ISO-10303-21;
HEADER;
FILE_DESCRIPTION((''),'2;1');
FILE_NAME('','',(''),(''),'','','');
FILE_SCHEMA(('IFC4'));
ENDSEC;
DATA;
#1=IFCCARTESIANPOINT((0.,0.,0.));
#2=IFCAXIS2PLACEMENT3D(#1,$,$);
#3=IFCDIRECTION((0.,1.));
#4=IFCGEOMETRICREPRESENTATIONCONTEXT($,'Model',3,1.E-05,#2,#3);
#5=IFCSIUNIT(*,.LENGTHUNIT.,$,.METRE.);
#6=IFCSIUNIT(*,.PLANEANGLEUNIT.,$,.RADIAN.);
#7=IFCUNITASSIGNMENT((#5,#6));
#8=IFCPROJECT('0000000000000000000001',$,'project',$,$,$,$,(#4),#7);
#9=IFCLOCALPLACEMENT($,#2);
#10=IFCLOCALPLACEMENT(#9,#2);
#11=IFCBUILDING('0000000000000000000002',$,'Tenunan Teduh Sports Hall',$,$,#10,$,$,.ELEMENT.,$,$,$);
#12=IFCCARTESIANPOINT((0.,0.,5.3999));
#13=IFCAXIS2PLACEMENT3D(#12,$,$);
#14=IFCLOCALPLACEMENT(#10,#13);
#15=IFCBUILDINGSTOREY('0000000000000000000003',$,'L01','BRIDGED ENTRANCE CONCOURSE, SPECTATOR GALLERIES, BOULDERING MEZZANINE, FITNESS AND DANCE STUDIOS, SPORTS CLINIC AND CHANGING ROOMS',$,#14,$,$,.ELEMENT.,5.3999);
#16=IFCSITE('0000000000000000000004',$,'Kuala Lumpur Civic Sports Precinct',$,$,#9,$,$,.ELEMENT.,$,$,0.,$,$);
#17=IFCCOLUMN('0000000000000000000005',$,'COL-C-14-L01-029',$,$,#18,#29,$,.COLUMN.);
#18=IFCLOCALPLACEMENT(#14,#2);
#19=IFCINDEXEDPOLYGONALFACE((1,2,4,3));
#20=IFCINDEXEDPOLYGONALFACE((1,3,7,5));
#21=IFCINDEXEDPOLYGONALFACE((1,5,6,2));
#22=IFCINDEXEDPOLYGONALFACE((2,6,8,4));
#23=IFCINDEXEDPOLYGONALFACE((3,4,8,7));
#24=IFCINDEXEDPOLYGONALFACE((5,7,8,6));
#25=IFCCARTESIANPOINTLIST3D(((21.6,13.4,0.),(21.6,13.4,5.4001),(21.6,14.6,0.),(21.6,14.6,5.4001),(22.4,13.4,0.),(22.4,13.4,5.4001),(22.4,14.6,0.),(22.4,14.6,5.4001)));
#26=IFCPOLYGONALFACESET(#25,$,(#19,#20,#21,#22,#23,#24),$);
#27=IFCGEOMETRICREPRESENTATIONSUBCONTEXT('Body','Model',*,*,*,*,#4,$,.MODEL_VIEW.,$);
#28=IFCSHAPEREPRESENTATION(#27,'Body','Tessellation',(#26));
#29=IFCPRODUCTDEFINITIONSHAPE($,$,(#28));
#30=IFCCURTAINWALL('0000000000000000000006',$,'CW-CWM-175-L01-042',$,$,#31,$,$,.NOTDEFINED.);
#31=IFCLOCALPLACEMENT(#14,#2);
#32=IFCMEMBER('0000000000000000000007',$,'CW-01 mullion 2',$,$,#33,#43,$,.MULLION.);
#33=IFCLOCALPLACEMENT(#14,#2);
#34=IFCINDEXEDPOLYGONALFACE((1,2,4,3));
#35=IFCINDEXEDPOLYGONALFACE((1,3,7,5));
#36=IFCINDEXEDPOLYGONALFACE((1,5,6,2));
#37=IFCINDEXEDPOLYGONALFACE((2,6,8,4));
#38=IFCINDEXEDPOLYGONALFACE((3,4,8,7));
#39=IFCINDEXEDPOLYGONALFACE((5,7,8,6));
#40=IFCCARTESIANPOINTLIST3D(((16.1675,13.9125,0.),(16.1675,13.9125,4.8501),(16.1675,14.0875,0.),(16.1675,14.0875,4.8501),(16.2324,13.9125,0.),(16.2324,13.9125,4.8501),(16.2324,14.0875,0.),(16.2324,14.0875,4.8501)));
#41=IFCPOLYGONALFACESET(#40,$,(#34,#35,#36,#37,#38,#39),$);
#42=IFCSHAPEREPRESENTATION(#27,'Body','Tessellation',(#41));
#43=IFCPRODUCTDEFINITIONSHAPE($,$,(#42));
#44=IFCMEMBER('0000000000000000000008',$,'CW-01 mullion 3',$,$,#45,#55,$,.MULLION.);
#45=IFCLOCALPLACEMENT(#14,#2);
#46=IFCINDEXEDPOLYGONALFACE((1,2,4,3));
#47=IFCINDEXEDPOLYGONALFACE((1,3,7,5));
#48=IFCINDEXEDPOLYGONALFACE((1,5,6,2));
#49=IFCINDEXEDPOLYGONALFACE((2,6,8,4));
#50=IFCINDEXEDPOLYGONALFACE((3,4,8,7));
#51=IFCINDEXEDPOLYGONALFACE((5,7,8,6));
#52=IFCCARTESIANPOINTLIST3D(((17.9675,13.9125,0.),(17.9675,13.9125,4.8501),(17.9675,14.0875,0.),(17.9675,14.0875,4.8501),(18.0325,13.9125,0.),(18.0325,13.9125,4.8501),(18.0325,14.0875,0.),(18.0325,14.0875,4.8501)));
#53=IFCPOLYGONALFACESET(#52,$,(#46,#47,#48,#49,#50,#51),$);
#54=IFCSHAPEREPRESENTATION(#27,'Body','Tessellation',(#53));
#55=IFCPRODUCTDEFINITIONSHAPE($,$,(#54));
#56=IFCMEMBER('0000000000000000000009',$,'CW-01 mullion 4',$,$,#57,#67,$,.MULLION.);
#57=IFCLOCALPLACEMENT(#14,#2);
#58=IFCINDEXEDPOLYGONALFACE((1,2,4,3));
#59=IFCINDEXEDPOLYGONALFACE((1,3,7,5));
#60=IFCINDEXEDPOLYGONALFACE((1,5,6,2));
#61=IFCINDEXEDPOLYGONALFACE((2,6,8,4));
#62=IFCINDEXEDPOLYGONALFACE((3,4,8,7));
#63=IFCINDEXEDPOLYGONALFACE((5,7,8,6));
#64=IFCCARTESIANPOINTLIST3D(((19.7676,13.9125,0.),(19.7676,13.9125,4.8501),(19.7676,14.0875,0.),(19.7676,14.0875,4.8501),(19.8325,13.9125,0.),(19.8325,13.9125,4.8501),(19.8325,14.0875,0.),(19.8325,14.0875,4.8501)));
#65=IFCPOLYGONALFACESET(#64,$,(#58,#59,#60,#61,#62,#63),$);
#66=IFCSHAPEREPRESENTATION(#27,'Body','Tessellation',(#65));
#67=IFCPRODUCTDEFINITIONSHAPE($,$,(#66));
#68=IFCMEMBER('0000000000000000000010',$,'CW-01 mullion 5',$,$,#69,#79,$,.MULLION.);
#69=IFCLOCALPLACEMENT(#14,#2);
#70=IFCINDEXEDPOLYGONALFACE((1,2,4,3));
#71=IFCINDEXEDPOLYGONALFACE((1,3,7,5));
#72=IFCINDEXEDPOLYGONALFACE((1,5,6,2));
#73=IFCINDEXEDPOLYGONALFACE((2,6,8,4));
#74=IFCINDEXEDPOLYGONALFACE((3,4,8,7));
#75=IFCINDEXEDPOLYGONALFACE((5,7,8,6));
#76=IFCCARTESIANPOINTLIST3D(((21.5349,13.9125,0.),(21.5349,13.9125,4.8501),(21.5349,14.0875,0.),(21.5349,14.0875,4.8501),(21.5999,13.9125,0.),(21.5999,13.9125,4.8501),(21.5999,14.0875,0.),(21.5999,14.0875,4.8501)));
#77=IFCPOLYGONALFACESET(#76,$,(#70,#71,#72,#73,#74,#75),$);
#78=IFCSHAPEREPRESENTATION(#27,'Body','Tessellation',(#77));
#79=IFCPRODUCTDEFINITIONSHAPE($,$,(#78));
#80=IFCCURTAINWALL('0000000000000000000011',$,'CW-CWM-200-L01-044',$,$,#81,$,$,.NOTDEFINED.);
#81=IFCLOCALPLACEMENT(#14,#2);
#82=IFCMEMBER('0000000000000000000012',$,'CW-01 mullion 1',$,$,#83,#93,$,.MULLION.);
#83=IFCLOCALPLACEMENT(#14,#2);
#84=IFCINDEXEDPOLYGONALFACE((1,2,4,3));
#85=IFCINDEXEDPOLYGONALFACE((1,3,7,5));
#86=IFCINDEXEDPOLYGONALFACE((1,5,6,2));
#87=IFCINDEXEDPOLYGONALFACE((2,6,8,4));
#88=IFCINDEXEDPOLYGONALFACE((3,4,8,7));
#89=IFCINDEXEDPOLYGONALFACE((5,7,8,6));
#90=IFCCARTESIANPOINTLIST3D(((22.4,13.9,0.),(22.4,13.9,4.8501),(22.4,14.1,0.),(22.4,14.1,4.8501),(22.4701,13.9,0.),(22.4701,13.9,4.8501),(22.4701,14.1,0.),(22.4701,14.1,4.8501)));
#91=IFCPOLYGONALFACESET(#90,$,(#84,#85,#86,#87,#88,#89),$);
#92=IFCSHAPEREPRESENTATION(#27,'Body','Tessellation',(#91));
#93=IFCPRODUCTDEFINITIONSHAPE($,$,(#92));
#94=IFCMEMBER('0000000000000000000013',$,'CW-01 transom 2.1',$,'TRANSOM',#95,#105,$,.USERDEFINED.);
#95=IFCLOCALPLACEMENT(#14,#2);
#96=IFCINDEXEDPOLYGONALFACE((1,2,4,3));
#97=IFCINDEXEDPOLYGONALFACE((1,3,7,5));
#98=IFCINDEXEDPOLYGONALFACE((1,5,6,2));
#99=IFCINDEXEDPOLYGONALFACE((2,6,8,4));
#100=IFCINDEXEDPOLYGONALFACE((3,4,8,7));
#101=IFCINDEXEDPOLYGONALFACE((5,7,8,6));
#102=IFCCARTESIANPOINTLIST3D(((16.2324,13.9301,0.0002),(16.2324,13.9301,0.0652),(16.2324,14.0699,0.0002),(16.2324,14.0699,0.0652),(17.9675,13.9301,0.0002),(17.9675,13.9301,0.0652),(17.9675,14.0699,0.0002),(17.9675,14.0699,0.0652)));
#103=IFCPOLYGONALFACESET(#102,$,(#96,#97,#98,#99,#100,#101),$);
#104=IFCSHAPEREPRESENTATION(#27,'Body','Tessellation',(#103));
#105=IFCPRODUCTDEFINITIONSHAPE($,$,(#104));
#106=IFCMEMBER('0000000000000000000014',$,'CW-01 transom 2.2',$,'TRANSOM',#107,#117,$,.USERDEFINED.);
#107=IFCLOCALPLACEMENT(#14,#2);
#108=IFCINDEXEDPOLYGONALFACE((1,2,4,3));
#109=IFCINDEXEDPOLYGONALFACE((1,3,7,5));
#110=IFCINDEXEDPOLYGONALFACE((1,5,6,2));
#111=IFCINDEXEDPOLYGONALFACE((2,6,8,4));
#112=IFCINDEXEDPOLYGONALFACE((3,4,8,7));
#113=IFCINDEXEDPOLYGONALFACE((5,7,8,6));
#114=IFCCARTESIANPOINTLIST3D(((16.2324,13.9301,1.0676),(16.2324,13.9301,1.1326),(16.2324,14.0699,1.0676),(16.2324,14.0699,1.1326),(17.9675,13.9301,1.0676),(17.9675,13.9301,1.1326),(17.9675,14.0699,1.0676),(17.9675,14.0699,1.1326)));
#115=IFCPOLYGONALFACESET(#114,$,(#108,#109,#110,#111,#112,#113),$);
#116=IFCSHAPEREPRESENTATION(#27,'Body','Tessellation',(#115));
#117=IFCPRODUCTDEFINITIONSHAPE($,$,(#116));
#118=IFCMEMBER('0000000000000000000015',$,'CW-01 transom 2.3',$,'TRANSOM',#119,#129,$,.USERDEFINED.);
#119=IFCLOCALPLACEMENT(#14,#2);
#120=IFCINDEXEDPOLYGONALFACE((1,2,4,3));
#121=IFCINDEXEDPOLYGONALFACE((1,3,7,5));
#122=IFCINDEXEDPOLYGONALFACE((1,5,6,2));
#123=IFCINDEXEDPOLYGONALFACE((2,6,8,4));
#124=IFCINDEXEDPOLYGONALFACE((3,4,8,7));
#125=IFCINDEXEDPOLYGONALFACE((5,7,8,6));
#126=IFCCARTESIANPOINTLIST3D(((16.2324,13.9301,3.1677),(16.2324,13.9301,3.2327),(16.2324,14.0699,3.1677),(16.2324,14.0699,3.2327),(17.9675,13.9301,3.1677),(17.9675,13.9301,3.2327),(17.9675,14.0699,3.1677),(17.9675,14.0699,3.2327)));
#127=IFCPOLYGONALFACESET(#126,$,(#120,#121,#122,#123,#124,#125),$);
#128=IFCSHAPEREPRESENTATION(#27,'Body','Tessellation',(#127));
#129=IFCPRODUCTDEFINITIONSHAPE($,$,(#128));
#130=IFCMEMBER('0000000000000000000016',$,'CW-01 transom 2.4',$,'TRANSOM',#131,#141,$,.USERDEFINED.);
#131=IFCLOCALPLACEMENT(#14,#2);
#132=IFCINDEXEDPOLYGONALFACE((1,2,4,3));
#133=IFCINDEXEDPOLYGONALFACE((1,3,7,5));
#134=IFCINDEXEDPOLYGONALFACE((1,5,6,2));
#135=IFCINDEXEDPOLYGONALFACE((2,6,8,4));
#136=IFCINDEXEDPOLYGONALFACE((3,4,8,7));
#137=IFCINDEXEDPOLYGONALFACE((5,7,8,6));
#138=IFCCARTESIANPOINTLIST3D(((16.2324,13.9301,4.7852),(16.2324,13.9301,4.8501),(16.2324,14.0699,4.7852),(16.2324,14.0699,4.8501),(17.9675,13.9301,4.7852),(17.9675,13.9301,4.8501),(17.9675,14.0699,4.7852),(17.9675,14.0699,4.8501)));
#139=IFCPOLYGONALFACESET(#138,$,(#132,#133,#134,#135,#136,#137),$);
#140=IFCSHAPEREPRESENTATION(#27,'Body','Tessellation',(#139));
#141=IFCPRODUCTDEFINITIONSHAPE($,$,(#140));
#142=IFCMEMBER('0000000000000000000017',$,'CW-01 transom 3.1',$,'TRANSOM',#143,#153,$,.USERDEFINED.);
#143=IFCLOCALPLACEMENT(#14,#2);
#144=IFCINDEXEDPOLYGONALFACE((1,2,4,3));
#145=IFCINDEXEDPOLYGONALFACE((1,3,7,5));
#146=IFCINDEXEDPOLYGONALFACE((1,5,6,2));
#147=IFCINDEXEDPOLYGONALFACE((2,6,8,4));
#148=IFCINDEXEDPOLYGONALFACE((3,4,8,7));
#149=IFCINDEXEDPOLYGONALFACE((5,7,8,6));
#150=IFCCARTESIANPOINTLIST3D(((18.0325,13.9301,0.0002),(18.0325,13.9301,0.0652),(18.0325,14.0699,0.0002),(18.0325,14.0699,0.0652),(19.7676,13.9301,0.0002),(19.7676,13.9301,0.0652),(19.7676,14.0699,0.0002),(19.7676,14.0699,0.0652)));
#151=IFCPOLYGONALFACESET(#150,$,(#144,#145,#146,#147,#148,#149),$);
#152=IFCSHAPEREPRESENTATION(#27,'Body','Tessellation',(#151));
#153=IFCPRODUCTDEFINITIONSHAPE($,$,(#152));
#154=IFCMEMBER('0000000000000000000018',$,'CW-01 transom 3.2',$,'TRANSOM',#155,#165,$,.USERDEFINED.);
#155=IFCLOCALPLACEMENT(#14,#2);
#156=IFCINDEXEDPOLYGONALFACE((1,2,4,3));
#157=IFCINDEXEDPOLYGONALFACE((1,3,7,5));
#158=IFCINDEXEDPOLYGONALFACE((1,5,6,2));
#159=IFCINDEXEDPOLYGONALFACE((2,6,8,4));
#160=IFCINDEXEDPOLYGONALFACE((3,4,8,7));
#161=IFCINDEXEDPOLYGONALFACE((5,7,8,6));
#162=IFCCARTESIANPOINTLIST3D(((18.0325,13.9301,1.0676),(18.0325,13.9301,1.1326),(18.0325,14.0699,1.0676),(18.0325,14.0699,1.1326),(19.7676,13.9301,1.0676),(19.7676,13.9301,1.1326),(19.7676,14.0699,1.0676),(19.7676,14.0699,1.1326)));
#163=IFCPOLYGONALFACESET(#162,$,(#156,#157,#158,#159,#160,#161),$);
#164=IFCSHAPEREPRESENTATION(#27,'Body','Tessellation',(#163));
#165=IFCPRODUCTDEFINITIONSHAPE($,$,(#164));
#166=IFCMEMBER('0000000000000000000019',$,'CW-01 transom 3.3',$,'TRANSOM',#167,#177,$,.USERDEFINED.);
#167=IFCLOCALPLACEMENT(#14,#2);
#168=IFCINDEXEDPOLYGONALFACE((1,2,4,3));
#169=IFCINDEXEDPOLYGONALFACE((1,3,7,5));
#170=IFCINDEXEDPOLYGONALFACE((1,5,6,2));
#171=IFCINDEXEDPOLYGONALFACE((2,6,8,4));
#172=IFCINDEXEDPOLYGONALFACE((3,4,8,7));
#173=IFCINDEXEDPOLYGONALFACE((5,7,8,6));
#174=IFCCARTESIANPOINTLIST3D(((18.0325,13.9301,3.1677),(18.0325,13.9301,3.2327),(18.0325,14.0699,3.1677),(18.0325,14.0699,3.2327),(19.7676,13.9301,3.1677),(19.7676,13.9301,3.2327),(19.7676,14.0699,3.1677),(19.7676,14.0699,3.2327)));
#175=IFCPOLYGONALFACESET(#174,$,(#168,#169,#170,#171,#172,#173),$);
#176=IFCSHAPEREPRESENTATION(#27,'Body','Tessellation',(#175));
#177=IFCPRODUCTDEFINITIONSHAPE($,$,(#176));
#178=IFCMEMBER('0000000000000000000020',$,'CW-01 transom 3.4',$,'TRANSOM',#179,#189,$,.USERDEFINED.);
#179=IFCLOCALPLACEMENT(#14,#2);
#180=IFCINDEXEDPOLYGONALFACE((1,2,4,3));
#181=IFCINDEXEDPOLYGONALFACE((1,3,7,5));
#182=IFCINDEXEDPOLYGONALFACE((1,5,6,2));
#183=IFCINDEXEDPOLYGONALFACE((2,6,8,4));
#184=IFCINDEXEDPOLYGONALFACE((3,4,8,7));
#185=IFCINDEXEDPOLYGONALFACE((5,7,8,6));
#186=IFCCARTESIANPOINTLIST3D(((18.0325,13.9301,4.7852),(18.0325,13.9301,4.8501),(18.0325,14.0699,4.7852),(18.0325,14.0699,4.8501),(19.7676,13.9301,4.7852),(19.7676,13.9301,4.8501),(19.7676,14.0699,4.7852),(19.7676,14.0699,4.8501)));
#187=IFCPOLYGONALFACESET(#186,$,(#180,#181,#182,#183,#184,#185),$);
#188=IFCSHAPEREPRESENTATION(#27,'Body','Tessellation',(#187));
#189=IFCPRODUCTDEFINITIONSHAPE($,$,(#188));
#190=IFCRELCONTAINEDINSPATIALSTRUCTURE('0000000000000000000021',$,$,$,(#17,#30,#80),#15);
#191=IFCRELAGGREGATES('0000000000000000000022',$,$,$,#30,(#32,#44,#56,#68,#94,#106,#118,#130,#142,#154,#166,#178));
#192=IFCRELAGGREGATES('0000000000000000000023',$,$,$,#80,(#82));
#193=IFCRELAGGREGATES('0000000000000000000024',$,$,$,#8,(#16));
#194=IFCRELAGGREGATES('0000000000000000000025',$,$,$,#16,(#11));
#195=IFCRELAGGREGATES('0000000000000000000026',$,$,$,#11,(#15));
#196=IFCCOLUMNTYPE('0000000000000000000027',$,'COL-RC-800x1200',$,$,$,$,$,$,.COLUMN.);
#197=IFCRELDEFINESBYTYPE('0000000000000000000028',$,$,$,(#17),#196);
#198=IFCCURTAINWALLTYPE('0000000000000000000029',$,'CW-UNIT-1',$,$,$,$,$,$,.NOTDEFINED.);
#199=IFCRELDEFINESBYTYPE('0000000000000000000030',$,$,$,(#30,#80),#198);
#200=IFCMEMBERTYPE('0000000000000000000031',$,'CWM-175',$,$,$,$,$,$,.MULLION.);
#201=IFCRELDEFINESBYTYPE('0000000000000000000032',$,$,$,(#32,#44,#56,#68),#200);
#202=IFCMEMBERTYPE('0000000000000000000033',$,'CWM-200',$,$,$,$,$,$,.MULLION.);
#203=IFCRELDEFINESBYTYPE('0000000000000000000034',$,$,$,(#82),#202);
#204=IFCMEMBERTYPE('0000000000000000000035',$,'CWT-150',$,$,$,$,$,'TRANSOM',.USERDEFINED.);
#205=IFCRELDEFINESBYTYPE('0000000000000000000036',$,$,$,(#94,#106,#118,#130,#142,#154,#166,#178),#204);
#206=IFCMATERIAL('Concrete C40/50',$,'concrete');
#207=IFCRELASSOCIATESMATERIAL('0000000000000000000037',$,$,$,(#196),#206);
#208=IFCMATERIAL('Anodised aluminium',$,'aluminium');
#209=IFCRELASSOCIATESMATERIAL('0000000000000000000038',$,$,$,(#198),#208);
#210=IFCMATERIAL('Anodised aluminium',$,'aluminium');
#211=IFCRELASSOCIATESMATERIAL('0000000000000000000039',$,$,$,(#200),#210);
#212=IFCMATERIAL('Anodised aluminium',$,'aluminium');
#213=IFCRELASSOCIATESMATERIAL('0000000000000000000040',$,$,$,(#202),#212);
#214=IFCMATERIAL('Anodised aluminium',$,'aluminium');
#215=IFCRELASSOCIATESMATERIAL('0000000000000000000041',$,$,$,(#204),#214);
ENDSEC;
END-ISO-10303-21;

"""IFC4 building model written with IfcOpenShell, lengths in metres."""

from ifc_helpers import new_model, si_unit, direction, frame, origin, origin_2d, place, context, subcontext, project, spatial, rectangle, extrude, material, material_profile, profile_set, type_object, element, aggregate, save


model = new_model("IFC4")

# Units and contexts
model_context = context("Model", 3, precision=1e-05, world=origin(), true_north=direction((0.0, 1.0)))
body_context = subcontext(model_context, "Body", "Model", "MODEL_VIEW")
ifc_project = project(units=[si_unit("LENGTHUNIT", "METRE"), si_unit("PLANEANGLEUNIT", "RADIAN")], contexts=[model_context])

# Site, building, storey
site_placement = place(None, origin())
site = spatial("IfcSite", under=ifc_project, at=site_placement, Name="Kuala Lumpur Civic Sports Precinct", CompositionType="ELEMENT", RefElevation=0.0)
building_placement = place(site_placement, origin())
building = spatial("IfcBuilding", under=site, at=building_placement, Name="Tenunan Teduh Sports Hall", CompositionType="ELEMENT")
storey_placement = place(building_placement, frame((0.0, 0.0, 5.3999)))
storey = spatial("IfcBuildingStorey", under=building, at=storey_placement, Name="L01", Description="BRIDGED ENTRANCE CONCOURSE, SPECTATOR GALLERIES, BOULDERING MEZZANINE, FITNESS AND DANCE STUDIOS, SPORTS CLINIC AND CHANGING ROOMS", CompositionType="ELEMENT", Elevation=5.3999)

# Column
ifc_material_1 = material(Name="Concrete C40/50", Category="concrete")
ifc_material_profile_1 = material_profile(ifc_material_1, rectangle(XDim=0.8, YDim=1.2, at=origin_2d()), Name="RC 800x1200")
ifc_profile_set_1 = profile_set([ifc_material_profile_1], Name="Concrete C40/50")
column_type = type_object("IfcColumnType", Name="COL-RC-800x1200", PredefinedType="COLUMN", material=ifc_profile_set_1)
column_placement = place(storey_placement, frame((22.0, 14.0, 0.0), z_axis=(0.0, 0.0, 1.0), x_axis=(1.0, 0.0, 0.0)))
element("IfcColumn", 1, at=column_placement, inside=storey, type_object=column_type, Name="COL-C-14-L01-029", PredefinedType="COLUMN", context=body_context, shape_type="SweptSolid", body=[
    extrude(rectangle(XDim=0.8, YDim=1.2, at=origin_2d()), origin(), (0.0, 0.0, 1.0), 5.4001),
])

# Curtain wall, members
ifc_material_2 = material(Name="Anodised aluminium", Category="aluminium")
curtain_wall_type = type_object("IfcCurtainWallType", Name="CW-UNIT-1", PredefinedType="NOTDEFINED", material=ifc_material_2)
curtain_wall_1_placement = place(storey_placement, origin())
curtain_wall_1 = element("IfcCurtainWall", 2, at=curtain_wall_1_placement, inside=storey, type_object=curtain_wall_type, Name="CW-CWM-175-L01-042", PredefinedType="NOTDEFINED")
ifc_material_3 = material(Name="Anodised aluminium", Category="aluminium")
ifc_material_profile_2 = material_profile(ifc_material_3, rectangle(XDim=0.0649, YDim=0.175, at=origin_2d()), Name="CWM 65x175")
ifc_profile_set_2 = profile_set([ifc_material_profile_2], Name="Anodised aluminium")
member_type_1 = type_object("IfcMemberType", Name="CWM-175", PredefinedType="MULLION", material=ifc_profile_set_2)
member_1_placement = place(storey_placement, frame((16.2, 14.0, 0.0), z_axis=(0.0, 0.0, 1.0), x_axis=(1.0, 0.0, 0.0)))
member_1 = element("IfcMember", 3, at=member_1_placement, type_object=member_type_1, Name="CW-01 mullion 2", PredefinedType="MULLION", context=body_context, shape_type="SweptSolid", body=[
    extrude(rectangle(XDim=0.0649, YDim=0.175, at=origin_2d()), origin(), (0.0, 0.0, 1.0), 4.8501),
])
member_2_placement = place(storey_placement, frame((18.0, 14.0, 0.0), z_axis=(0.0, 0.0, 1.0), x_axis=(1.0, 0.0, 0.0)))
member_2 = element("IfcMember", 4, at=member_2_placement, type_object=member_type_1, Name="CW-01 mullion 3", PredefinedType="MULLION", context=body_context, shape_type="SweptSolid", body=[
    extrude(rectangle(XDim=0.0649, YDim=0.175, at=origin_2d()), origin(), (0.0, 0.0, 1.0), 4.8501),
])
member_3_placement = place(storey_placement, frame((19.8, 14.0, 0.0), z_axis=(0.0, 0.0, 1.0), x_axis=(1.0, 0.0, 0.0)))
member_3 = element("IfcMember", 5, at=member_3_placement, type_object=member_type_1, Name="CW-01 mullion 4", PredefinedType="MULLION", context=body_context, shape_type="SweptSolid", body=[
    extrude(rectangle(XDim=0.0649, YDim=0.175, at=origin_2d()), origin(), (0.0, 0.0, 1.0), 4.8501),
])
member_4_placement = place(storey_placement, frame((21.5674, 14.0, 0.0), z_axis=(0.0, 0.0, 1.0), x_axis=(1.0, 0.0, 0.0)))
member_4 = element("IfcMember", 6, at=member_4_placement, type_object=member_type_1, Name="CW-01 mullion 5", PredefinedType="MULLION", context=body_context, shape_type="SweptSolid", body=[
    extrude(rectangle(XDim=0.0649, YDim=0.175, at=origin_2d()), origin(), (0.0, 0.0, 1.0), 4.8501),
])

# Curtain wall, member
curtain_wall_2_placement = place(storey_placement, origin())
curtain_wall_2 = element("IfcCurtainWall", 7, at=curtain_wall_2_placement, inside=storey, type_object=curtain_wall_type, Name="CW-CWM-200-L01-044", PredefinedType="NOTDEFINED")
ifc_material_4 = material(Name="Anodised aluminium", Category="aluminium")
ifc_material_profile_3 = material_profile(ifc_material_4, rectangle(XDim=0.0701, YDim=0.2, at=origin_2d()), Name="CWM 70x200")
ifc_profile_set_3 = profile_set([ifc_material_profile_3], Name="Anodised aluminium")
member_type_2 = type_object("IfcMemberType", Name="CWM-200", PredefinedType="MULLION", material=ifc_profile_set_3)
member_5_placement = place(storey_placement, frame((22.4351, 14.0, 0.0), z_axis=(0.0, 0.0, 1.0), x_axis=(1.0, 0.0, 0.0)))
member_5 = element("IfcMember", 8, at=member_5_placement, type_object=member_type_2, Name="CW-01 mullion 1", PredefinedType="MULLION", context=body_context, shape_type="SweptSolid", body=[
    extrude(rectangle(XDim=0.0701, YDim=0.2, at=origin_2d()), origin(), (0.0, 0.0, 1.0), 4.8501),
])

# Members
ifc_material_5 = material(Name="Anodised aluminium", Category="aluminium")
ifc_material_profile_4 = material_profile(ifc_material_5, rectangle(XDim=0.0649, YDim=0.1399, at=origin_2d()), Name="CWT 65x140")
ifc_profile_set_4 = profile_set([ifc_material_profile_4], Name="Anodised aluminium")
member_type_3 = type_object("IfcMemberType", Name="CWT-150", ElementType="TRANSOM", PredefinedType="USERDEFINED", material=ifc_profile_set_4)
member_6_placement = place(storey_placement, frame((16.2324, 14.0, 0.0327), z_axis=(1.0, 0.0, 0.0), x_axis=(0.0, 0.0, 1.0)))
member_6 = element("IfcMember", 9, at=member_6_placement, type_object=member_type_3, Name="CW-01 transom 2.1", ObjectType="TRANSOM", PredefinedType="USERDEFINED", context=body_context, shape_type="SweptSolid", body=[
    extrude(rectangle(XDim=0.0649, YDim=0.1399, at=origin_2d()), origin(), (0.0, 0.0, 1.0), 1.7351),
])
member_7_placement = place(storey_placement, frame((16.2324, 14.0, 1.1001), z_axis=(1.0, 0.0, 0.0), x_axis=(0.0, 0.0, 1.0)))
member_7 = element("IfcMember", 10, at=member_7_placement, type_object=member_type_3, Name="CW-01 transom 2.2", ObjectType="TRANSOM", PredefinedType="USERDEFINED", context=body_context, shape_type="SweptSolid", body=[
    extrude(rectangle(XDim=0.0649, YDim=0.1399, at=origin_2d()), origin(), (0.0, 0.0, 1.0), 1.7351),
])
member_8_placement = place(storey_placement, frame((16.2324, 14.0, 3.2002), z_axis=(1.0, 0.0, 0.0), x_axis=(0.0, 0.0, 1.0)))
member_8 = element("IfcMember", 11, at=member_8_placement, type_object=member_type_3, Name="CW-01 transom 2.3", ObjectType="TRANSOM", PredefinedType="USERDEFINED", context=body_context, shape_type="SweptSolid", body=[
    extrude(rectangle(XDim=0.0649, YDim=0.1399, at=origin_2d()), origin(), (0.0, 0.0, 1.0), 1.7351),
])
member_9_placement = place(storey_placement, frame((16.2324, 14.0, 4.8176), z_axis=(1.0, 0.0, 0.0), x_axis=(0.0, 0.0, 1.0)))
member_9 = element("IfcMember", 12, at=member_9_placement, type_object=member_type_3, Name="CW-01 transom 2.4", ObjectType="TRANSOM", PredefinedType="USERDEFINED", context=body_context, shape_type="SweptSolid", body=[
    extrude(rectangle(XDim=0.0649, YDim=0.1399, at=origin_2d()), origin(), (0.0, 0.0, 1.0), 1.7351),
])
member_10_placement = place(storey_placement, frame((18.0325, 14.0, 0.0327), z_axis=(1.0, 0.0, 0.0), x_axis=(0.0, 0.0, 1.0)))
member_10 = element("IfcMember", 13, at=member_10_placement, type_object=member_type_3, Name="CW-01 transom 3.1", ObjectType="TRANSOM", PredefinedType="USERDEFINED", context=body_context, shape_type="SweptSolid", body=[
    extrude(rectangle(XDim=0.0649, YDim=0.1399, at=origin_2d()), origin(), (0.0, 0.0, 1.0), 1.7351),
])
member_11_placement = place(storey_placement, frame((18.0325, 14.0, 1.1001), z_axis=(1.0, 0.0, 0.0), x_axis=(0.0, 0.0, 1.0)))
member_11 = element("IfcMember", 14, at=member_11_placement, type_object=member_type_3, Name="CW-01 transom 3.2", ObjectType="TRANSOM", PredefinedType="USERDEFINED", context=body_context, shape_type="SweptSolid", body=[
    extrude(rectangle(XDim=0.0649, YDim=0.1399, at=origin_2d()), origin(), (0.0, 0.0, 1.0), 1.7351),
])
member_12_placement = place(storey_placement, frame((18.0325, 14.0, 3.2002), z_axis=(1.0, 0.0, 0.0), x_axis=(0.0, 0.0, 1.0)))
member_12 = element("IfcMember", 15, at=member_12_placement, type_object=member_type_3, Name="CW-01 transom 3.3", ObjectType="TRANSOM", PredefinedType="USERDEFINED", context=body_context, shape_type="SweptSolid", body=[
    extrude(rectangle(XDim=0.0649, YDim=0.1399, at=origin_2d()), origin(), (0.0, 0.0, 1.0), 1.7351),
])
member_13_placement = place(storey_placement, frame((18.0325, 14.0, 4.8176), z_axis=(1.0, 0.0, 0.0), x_axis=(0.0, 0.0, 1.0)))
member_13 = element("IfcMember", 16, at=member_13_placement, type_object=member_type_3, Name="CW-01 transom 3.4", ObjectType="TRANSOM", PredefinedType="USERDEFINED", context=body_context, shape_type="SweptSolid", body=[
    extrude(rectangle(XDim=0.0649, YDim=0.1399, at=origin_2d()), origin(), (0.0, 0.0, 1.0), 1.7351),
])

aggregate(curtain_wall_1, [member_1, member_2, member_3, member_4, member_6, member_7, member_8, member_9, member_10, member_11, member_12, member_13])
aggregate(curtain_wall_2, [member_5])

save(model, "model.ifc")
